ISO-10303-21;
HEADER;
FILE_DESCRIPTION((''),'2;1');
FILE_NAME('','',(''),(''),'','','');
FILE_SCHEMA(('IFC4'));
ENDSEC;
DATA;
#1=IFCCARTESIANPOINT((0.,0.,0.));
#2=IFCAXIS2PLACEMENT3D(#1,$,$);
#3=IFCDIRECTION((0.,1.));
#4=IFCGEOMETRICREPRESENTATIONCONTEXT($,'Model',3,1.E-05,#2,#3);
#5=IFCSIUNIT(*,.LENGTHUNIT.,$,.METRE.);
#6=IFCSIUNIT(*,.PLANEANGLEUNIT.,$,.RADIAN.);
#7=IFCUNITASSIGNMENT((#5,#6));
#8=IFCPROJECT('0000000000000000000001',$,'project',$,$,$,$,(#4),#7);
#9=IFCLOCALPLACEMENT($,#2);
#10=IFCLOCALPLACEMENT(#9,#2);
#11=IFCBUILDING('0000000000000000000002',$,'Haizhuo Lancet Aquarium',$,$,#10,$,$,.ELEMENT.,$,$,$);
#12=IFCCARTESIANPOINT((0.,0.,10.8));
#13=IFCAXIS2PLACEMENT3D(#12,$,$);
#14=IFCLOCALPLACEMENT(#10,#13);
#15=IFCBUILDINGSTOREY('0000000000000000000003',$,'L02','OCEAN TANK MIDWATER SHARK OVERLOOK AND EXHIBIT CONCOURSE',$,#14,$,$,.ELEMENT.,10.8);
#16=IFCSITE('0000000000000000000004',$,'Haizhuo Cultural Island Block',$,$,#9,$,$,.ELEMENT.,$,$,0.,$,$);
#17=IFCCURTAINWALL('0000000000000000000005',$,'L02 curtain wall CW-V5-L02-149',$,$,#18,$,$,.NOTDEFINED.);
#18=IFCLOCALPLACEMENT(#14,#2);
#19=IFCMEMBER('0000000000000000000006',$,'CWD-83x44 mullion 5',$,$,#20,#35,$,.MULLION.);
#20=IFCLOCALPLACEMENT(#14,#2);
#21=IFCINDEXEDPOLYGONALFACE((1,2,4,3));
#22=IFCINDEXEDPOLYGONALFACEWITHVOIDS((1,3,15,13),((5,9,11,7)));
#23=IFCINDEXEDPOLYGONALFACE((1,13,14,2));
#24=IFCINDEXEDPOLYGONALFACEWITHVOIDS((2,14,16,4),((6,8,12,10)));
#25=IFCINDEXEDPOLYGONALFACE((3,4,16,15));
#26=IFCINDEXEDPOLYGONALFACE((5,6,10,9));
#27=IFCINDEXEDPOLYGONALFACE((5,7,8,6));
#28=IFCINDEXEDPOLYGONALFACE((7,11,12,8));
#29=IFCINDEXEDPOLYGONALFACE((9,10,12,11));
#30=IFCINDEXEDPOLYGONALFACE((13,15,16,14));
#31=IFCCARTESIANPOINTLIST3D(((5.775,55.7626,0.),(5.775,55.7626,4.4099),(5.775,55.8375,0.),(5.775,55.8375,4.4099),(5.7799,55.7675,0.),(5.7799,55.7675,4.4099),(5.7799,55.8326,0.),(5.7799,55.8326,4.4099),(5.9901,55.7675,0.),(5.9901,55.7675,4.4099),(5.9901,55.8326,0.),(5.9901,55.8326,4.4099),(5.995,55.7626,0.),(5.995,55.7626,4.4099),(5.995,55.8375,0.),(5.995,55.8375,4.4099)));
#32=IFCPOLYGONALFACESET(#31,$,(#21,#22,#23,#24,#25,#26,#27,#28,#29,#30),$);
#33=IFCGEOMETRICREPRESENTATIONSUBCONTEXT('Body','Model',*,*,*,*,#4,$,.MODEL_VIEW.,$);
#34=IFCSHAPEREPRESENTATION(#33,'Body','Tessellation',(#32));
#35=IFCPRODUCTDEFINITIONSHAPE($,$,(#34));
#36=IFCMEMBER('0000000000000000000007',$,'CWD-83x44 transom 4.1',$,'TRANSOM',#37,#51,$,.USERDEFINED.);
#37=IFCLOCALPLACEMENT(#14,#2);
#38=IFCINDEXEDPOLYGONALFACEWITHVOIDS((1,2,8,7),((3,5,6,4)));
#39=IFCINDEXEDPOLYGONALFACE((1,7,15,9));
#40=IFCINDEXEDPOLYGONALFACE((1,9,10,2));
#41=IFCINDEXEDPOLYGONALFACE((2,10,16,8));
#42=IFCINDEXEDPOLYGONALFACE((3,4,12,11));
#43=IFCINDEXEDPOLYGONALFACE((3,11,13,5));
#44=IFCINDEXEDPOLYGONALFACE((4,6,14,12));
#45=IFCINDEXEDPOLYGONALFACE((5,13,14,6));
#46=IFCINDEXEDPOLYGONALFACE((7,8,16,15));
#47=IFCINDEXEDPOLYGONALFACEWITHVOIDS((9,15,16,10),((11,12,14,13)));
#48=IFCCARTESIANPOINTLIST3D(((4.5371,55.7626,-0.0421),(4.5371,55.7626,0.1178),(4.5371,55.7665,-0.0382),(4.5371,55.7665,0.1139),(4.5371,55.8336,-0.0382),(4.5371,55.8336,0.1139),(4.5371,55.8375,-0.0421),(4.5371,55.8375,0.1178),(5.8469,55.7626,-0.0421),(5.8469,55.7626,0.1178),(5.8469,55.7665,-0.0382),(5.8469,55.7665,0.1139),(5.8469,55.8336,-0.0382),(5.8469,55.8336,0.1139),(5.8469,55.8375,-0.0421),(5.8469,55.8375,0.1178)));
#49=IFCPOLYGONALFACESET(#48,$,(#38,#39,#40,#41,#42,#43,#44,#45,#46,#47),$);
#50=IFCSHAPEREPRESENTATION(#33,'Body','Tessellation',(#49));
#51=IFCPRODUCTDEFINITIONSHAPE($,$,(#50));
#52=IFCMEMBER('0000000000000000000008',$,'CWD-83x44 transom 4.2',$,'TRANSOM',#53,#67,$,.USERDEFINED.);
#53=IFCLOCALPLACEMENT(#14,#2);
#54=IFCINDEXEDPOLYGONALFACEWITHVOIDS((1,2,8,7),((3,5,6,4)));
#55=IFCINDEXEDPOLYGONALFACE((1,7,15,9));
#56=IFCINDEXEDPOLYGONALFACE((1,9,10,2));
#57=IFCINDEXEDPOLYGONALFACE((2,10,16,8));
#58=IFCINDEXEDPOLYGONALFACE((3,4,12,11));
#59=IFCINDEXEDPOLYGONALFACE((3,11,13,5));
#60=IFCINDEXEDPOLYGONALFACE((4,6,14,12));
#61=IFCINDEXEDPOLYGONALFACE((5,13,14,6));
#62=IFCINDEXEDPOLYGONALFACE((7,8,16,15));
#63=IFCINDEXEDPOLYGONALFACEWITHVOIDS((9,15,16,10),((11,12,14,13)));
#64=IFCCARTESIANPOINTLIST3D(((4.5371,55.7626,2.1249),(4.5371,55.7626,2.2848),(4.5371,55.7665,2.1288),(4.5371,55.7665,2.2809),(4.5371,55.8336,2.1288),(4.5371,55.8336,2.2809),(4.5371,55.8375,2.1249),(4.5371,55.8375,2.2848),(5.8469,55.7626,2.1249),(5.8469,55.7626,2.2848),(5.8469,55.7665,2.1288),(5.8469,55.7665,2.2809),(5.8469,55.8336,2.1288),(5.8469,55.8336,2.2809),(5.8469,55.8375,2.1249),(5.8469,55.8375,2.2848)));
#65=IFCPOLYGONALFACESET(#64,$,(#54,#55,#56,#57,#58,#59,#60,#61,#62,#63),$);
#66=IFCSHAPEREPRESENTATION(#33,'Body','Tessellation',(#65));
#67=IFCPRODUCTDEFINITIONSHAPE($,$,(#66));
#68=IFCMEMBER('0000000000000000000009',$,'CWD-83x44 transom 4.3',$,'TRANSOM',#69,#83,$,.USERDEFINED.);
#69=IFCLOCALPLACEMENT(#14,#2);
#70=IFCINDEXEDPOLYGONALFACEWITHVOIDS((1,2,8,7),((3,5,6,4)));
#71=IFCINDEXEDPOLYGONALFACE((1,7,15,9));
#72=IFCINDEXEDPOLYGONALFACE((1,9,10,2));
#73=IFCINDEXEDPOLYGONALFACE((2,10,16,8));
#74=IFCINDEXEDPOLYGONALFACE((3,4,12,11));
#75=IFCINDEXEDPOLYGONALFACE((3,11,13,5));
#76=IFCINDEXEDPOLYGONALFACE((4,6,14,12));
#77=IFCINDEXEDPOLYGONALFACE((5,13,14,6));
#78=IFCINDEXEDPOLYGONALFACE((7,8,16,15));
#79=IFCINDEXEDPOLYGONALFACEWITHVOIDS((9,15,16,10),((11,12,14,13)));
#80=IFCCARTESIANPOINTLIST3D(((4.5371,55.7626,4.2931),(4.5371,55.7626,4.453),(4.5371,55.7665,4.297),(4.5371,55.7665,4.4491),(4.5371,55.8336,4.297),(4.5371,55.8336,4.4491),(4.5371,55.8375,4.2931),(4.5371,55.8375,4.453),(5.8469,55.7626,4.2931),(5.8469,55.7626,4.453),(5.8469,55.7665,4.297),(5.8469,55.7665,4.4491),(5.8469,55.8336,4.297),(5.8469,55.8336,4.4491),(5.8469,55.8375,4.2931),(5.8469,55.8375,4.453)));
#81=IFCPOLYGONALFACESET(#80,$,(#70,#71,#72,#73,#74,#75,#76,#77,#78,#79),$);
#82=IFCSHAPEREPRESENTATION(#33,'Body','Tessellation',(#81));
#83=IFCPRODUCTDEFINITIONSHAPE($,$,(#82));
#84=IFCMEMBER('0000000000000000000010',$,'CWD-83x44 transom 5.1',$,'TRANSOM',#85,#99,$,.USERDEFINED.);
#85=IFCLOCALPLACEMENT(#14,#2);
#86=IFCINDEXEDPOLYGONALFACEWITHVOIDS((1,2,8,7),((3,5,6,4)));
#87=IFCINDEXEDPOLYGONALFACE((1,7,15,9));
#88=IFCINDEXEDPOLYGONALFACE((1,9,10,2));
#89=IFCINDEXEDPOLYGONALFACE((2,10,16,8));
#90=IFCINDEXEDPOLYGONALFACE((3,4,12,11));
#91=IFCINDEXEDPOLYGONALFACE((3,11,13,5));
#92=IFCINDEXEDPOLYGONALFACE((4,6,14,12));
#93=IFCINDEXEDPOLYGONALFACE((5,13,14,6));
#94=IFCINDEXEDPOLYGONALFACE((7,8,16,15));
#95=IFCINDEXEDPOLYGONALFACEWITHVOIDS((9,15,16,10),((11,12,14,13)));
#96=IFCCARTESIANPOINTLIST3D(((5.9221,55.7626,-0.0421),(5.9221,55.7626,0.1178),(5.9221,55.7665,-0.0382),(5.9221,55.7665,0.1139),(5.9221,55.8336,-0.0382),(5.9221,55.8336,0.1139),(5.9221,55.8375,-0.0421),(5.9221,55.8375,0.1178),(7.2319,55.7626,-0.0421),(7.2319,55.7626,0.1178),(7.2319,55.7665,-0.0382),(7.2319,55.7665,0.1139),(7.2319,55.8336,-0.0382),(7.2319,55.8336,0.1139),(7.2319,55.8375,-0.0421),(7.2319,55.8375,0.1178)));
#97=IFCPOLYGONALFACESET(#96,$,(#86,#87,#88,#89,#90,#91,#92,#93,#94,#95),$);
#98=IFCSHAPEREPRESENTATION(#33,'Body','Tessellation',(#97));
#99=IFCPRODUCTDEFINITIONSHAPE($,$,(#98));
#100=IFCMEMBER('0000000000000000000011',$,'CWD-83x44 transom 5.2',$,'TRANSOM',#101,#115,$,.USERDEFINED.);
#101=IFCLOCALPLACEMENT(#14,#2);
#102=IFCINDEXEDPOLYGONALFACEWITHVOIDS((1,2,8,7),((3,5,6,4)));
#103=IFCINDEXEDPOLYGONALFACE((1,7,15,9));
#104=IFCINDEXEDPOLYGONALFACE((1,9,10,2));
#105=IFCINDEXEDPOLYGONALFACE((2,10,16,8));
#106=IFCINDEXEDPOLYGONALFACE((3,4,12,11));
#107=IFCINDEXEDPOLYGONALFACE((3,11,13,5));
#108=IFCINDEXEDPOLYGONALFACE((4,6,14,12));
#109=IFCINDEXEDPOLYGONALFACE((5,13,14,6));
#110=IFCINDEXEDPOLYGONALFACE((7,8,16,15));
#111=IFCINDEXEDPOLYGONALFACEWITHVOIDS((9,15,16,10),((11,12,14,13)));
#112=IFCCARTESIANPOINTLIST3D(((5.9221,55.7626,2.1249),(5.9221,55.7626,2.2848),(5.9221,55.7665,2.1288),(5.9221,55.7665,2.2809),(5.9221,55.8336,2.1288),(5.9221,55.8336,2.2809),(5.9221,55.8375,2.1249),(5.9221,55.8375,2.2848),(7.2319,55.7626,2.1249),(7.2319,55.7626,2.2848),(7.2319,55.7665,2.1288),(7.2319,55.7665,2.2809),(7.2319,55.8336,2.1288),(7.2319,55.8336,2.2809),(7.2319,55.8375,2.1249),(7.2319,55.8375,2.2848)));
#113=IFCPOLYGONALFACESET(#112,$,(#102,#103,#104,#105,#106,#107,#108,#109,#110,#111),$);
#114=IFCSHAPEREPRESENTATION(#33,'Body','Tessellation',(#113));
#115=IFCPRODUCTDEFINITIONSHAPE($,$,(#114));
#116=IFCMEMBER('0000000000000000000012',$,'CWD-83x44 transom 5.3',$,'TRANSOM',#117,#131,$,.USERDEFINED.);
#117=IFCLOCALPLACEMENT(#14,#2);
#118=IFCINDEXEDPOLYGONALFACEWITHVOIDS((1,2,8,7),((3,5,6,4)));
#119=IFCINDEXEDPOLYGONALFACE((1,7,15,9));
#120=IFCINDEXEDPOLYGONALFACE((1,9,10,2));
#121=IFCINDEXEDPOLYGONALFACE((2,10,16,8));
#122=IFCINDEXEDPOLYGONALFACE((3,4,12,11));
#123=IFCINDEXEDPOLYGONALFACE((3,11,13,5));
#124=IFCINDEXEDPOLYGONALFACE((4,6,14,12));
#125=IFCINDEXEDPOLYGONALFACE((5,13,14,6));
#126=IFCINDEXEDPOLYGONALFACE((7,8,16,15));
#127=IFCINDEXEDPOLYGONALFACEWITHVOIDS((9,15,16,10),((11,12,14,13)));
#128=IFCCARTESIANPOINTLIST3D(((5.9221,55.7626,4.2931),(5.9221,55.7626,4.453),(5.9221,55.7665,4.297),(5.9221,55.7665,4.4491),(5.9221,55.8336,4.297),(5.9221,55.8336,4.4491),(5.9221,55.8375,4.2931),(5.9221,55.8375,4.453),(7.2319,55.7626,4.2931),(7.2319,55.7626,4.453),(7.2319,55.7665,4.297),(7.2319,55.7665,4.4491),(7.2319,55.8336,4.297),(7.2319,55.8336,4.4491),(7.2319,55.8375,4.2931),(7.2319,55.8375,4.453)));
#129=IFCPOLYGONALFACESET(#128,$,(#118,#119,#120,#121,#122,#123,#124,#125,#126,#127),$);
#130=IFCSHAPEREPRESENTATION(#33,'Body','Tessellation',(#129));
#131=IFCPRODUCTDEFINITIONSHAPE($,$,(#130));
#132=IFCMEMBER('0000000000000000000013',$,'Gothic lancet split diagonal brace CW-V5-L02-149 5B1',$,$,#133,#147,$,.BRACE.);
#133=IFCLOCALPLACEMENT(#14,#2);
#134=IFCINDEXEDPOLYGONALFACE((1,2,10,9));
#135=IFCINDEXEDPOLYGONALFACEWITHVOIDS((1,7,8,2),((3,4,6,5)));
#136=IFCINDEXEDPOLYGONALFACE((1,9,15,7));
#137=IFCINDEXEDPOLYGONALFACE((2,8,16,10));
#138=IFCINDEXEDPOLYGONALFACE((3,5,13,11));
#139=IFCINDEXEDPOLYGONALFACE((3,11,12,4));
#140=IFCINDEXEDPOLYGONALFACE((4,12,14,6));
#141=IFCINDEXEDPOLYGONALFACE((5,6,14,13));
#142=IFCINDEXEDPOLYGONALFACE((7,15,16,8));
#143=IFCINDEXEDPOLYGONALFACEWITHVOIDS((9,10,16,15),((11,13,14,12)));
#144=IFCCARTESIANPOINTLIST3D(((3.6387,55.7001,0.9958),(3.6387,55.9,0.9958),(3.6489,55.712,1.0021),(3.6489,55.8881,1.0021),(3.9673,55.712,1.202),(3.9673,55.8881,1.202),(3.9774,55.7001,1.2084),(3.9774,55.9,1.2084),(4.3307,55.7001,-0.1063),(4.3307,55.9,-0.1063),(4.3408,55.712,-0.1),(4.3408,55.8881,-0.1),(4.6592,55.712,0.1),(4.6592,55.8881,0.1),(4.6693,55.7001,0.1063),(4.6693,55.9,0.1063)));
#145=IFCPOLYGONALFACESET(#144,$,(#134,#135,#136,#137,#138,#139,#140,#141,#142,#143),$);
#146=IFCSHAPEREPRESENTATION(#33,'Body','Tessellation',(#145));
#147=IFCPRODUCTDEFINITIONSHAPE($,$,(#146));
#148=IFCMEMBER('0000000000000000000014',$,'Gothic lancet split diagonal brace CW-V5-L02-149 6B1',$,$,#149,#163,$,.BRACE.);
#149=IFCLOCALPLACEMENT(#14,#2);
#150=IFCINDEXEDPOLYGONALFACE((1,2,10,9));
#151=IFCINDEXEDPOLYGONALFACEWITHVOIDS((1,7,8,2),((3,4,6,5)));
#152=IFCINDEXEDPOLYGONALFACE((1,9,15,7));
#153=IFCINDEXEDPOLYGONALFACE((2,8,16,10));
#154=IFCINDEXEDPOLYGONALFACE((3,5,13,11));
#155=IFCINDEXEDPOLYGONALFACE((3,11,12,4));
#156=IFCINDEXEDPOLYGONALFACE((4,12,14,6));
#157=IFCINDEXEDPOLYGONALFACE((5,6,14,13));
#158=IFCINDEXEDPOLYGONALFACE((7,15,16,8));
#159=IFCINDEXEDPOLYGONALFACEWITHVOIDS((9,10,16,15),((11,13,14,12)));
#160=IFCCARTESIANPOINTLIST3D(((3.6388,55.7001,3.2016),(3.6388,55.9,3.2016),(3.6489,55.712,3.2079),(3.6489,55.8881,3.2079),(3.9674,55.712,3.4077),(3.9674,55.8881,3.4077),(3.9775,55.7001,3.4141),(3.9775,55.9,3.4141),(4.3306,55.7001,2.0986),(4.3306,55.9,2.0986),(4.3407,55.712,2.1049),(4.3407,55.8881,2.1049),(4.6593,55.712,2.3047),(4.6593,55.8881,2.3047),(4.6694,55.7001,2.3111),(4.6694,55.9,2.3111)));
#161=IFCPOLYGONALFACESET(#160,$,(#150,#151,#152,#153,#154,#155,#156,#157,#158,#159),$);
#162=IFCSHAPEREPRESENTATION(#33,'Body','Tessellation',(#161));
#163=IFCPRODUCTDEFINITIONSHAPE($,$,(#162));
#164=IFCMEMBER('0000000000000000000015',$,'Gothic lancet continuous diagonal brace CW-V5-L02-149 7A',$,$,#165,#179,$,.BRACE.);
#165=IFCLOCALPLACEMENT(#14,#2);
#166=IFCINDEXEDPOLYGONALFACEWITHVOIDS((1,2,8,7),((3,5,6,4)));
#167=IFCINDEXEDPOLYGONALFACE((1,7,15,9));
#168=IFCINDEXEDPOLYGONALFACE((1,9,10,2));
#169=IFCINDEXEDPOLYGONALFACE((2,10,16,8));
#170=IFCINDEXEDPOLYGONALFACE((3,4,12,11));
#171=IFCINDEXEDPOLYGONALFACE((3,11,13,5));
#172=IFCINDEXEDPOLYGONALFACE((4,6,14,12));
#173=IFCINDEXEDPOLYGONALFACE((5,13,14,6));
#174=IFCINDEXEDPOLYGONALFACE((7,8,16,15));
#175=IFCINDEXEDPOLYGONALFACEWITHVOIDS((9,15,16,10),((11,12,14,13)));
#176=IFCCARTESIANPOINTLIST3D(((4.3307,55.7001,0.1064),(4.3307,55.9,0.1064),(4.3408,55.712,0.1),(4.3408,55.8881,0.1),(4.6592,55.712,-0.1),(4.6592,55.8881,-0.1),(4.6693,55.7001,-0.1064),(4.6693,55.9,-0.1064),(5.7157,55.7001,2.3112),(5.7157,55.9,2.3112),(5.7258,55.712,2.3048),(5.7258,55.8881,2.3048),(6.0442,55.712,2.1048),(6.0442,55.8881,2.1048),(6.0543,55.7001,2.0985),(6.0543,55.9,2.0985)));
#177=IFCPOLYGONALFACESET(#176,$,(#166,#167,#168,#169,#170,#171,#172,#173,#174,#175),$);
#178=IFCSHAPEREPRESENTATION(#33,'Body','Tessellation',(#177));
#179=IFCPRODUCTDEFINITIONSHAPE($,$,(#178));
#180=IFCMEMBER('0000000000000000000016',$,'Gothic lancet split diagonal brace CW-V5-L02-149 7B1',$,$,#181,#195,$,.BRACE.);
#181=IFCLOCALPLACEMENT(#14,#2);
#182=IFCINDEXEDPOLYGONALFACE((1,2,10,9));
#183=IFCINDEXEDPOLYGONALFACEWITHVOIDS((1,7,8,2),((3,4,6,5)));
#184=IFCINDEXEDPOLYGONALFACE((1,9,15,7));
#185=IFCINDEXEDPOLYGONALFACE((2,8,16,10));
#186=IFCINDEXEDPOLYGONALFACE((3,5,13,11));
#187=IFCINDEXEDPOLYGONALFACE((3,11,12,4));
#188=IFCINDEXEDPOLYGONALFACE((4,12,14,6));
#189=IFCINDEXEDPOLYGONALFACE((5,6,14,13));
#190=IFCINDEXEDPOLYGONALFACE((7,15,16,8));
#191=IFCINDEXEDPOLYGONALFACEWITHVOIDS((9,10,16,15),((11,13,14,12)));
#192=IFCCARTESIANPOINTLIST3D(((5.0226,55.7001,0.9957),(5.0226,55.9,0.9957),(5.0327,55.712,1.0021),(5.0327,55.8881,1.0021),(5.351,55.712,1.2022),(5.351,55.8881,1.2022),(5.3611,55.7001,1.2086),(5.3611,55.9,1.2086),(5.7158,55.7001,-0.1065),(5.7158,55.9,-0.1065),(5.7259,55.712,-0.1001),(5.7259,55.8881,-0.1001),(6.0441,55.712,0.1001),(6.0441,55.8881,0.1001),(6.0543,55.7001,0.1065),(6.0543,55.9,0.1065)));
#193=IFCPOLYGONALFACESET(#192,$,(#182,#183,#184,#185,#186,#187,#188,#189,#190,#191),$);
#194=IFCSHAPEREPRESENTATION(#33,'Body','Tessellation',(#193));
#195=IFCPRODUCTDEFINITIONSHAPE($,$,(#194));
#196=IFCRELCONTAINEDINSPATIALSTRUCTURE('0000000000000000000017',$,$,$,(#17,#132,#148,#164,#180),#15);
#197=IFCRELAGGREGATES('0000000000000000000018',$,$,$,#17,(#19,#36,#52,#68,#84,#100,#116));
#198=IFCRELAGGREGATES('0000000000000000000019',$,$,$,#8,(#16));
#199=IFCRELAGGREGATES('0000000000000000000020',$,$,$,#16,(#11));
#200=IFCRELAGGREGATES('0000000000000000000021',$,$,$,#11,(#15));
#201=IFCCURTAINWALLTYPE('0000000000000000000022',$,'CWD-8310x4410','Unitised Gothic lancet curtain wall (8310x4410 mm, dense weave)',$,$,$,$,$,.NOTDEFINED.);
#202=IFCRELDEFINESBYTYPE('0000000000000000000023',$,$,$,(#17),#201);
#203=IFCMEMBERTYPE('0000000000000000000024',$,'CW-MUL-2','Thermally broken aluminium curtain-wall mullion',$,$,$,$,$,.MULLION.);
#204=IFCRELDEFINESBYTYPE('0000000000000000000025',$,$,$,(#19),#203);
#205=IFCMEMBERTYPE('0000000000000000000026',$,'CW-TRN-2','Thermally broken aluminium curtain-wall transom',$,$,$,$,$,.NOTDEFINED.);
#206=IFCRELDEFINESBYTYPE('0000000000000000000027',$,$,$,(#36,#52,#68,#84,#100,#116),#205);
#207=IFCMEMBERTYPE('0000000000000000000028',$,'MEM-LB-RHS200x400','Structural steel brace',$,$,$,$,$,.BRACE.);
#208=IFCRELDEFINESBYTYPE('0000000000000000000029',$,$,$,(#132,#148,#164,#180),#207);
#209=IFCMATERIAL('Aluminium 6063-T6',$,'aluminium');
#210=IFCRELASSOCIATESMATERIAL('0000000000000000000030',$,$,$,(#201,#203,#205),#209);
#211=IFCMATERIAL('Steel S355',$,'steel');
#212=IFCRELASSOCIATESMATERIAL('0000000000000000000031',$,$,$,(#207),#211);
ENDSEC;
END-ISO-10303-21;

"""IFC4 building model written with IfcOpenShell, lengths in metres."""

from ifc_helpers import new_model, si_unit, direction, frame, origin, origin_2d, place, context, subcontext, project, spatial, hollow_rectangle, extrude, material, material_profile, profile_set, type_object, element, aggregate, save


model = new_model("IFC4")

# Units and contexts
model_context = context("Model", 3, precision=1e-05, world=origin(), true_north=direction((0.0, 1.0)))
body_context = subcontext(model_context, "Body", "Model", "MODEL_VIEW")
ifc_project = project(units=[si_unit("LENGTHUNIT", "METRE"), si_unit("PLANEANGLEUNIT", "RADIAN")], contexts=[model_context])

# Site, building, storey
site_placement = place(None, origin())
site = spatial("IfcSite", under=ifc_project, at=site_placement, Name="Haizhuo Cultural Island Block", CompositionType="ELEMENT", RefElevation=0.0)
building_placement = place(site_placement, origin())
building = spatial("IfcBuilding", under=site, at=building_placement, Name="Haizhuo Lancet Aquarium", CompositionType="ELEMENT")
storey_placement = place(building_placement, frame((0.0, 0.0, 10.8)))
storey = spatial("IfcBuildingStorey", under=building, at=storey_placement, Name="L02", Description="OCEAN TANK MIDWATER SHARK OVERLOOK AND EXHIBIT CONCOURSE", CompositionType="ELEMENT", Elevation=10.8)

# Curtain wall, members
ifc_material_1 = material(Name="Aluminium 6063-T6", Category="aluminium")
curtain_wall_type = type_object("IfcCurtainWallType", Name="CWD-8310x4410", Description="Unitised Gothic lancet curtain wall (8310x4410 mm, dense weave)", PredefinedType="NOTDEFINED", material=ifc_material_1)
curtain_wall_placement = place(storey_placement, origin())
curtain_wall = element("IfcCurtainWall", 1, at=curtain_wall_placement, inside=storey, type_object=curtain_wall_type, Name="L02 curtain wall CW-V5-L02-149", PredefinedType="NOTDEFINED")
ifc_material_profile_1 = material_profile(ifc_material_1, hollow_rectangle(XDim=0.075, YDim=0.22, WallThickness=0.0049, at=origin_2d()), Name="ALU-M 75x220x5")
ifc_profile_set_1 = profile_set([ifc_material_profile_1], Name="Aluminium 6063-T6")
member_type_1 = type_object("IfcMemberType", Name="CW-MUL-2", Description="Thermally broken aluminium curtain-wall mullion", PredefinedType="MULLION", material=ifc_profile_set_1)
member_1_placement = place(storey_placement, frame((5.885, 55.8, 0.0), z_axis=(0.0, 0.0, 1.0), x_axis=(0.0, 1.0, 0.0)))
member_1 = element("IfcMember", 2, at=member_1_placement, type_object=member_type_1, Name="CWD-83x44 mullion 5", PredefinedType="MULLION", context=body_context, shape_type="SweptSolid", body=[
    extrude(hollow_rectangle(XDim=0.075, YDim=0.22, WallThickness=0.0049, at=origin_2d()), origin(), (0.0, 0.0, 1.0), 4.4099),
])
ifc_material_profile_2 = material_profile(ifc_material_1, hollow_rectangle(XDim=0.075, YDim=0.1599, WallThickness=0.0039, at=origin_2d()), Name="ALU-T 75x160x4")
ifc_profile_set_2 = profile_set([ifc_material_profile_2], Name="Aluminium 6063-T6")
member_type_2 = type_object("IfcMemberType", Name="CW-TRN-2", Description="Thermally broken aluminium curtain-wall transom", PredefinedType="NOTDEFINED", material=ifc_profile_set_2)
member_2_placement = place(storey_placement, frame((4.5371, 55.8, 0.0378), z_axis=(1.0, 0.0, 0.0), x_axis=(0.0, 1.0, 0.0)))
member_2 = element("IfcMember", 3, at=member_2_placement, type_object=member_type_2, Name="CWD-83x44 transom 4.1", ObjectType="TRANSOM", PredefinedType="USERDEFINED", context=body_context, shape_type="SweptSolid", body=[
    extrude(hollow_rectangle(XDim=0.075, YDim=0.1599, WallThickness=0.0039, at=origin_2d()), origin(), (0.0, 0.0, 1.0), 1.3098),
])
member_3_placement = place(storey_placement, frame((4.5371, 55.8, 2.2048), z_axis=(1.0, 0.0, 0.0), x_axis=(0.0, 1.0, 0.0)))
member_3 = element("IfcMember", 4, at=member_3_placement, type_object=member_type_2, Name="CWD-83x44 transom 4.2", ObjectType="TRANSOM", PredefinedType="USERDEFINED", context=body_context, shape_type="SweptSolid", body=[
    extrude(hollow_rectangle(XDim=0.075, YDim=0.1599, WallThickness=0.0039, at=origin_2d()), origin(), (0.0, 0.0, 1.0), 1.3098),
])
member_4_placement = place(storey_placement, frame((4.5371, 55.8, 4.373), z_axis=(1.0, 0.0, 0.0), x_axis=(0.0, 1.0, 0.0)))
member_4 = element("IfcMember", 5, at=member_4_placement, type_object=member_type_2, Name="CWD-83x44 transom 4.3", ObjectType="TRANSOM", PredefinedType="USERDEFINED", context=body_context, shape_type="SweptSolid", body=[
    extrude(hollow_rectangle(XDim=0.075, YDim=0.1599, WallThickness=0.0039, at=origin_2d()), origin(), (0.0, 0.0, 1.0), 1.3098),
])
member_5_placement = place(storey_placement, frame((5.9221, 55.8, 0.0378), z_axis=(1.0, 0.0, 0.0), x_axis=(0.0, 1.0, 0.0)))
member_5 = element("IfcMember", 6, at=member_5_placement, type_object=member_type_2, Name="CWD-83x44 transom 5.1", ObjectType="TRANSOM", PredefinedType="USERDEFINED", context=body_context, shape_type="SweptSolid", body=[
    extrude(hollow_rectangle(XDim=0.075, YDim=0.1599, WallThickness=0.0039, at=origin_2d()), origin(), (0.0, 0.0, 1.0), 1.3098),
])
member_6_placement = place(storey_placement, frame((5.9221, 55.8, 2.2048), z_axis=(1.0, 0.0, 0.0), x_axis=(0.0, 1.0, 0.0)))
member_6 = element("IfcMember", 7, at=member_6_placement, type_object=member_type_2, Name="CWD-83x44 transom 5.2", ObjectType="TRANSOM", PredefinedType="USERDEFINED", context=body_context, shape_type="SweptSolid", body=[
    extrude(hollow_rectangle(XDim=0.075, YDim=0.1599, WallThickness=0.0039, at=origin_2d()), origin(), (0.0, 0.0, 1.0), 1.3098),
])
member_7_placement = place(storey_placement, frame((5.9221, 55.8, 4.373), z_axis=(1.0, 0.0, 0.0), x_axis=(0.0, 1.0, 0.0)))
member_7 = element("IfcMember", 8, at=member_7_placement, type_object=member_type_2, Name="CWD-83x44 transom 5.3", ObjectType="TRANSOM", PredefinedType="USERDEFINED", context=body_context, shape_type="SweptSolid", body=[
    extrude(hollow_rectangle(XDim=0.075, YDim=0.1599, WallThickness=0.0039, at=origin_2d()), origin(), (0.0, 0.0, 1.0), 1.3098),
])

# Members
ifc_material_2 = material(Name="Steel S355", Category="steel")
ifc_material_profile_3 = material_profile(ifc_material_2, hollow_rectangle(XDim=0.2, YDim=0.3999, WallThickness=0.012, at=origin_2d()), Name="RHS 200x400x12")
ifc_profile_set_3 = profile_set([ifc_material_profile_3], Name="Steel S355")
member_type_3 = type_object("IfcMemberType", Name="MEM-LB-RHS200x400", Description="Structural steel brace", PredefinedType="BRACE", material=ifc_profile_set_3)
member_8_placement = place(storey_placement, frame((4.5, 55.8, 0.0), z_axis=(-0.531718, 0.0, 0.846921), x_axis=(0.0, -1.0, 0.0)))
element("IfcMember", 9, at=member_8_placement, inside=storey, type_object=member_type_3, Name="Gothic lancet split diagonal brace CW-V5-L02-149 5B1", PredefinedType="BRACE", context=body_context, shape_type="SweptSolid", body=[
    extrude(hollow_rectangle(XDim=0.2, YDim=0.3999, WallThickness=0.012, at=origin_2d()), origin(), (0.0, 0.0, 1.0), 1.3013),
])
member_9_placement = place(storey_placement, frame((4.5, 55.8, 2.2048), z_axis=(-0.53138, 0.0, 0.847133), x_axis=(0.0, -1.0, 0.0)))
element("IfcMember", 10, at=member_9_placement, inside=storey, type_object=member_type_3, Name="Gothic lancet split diagonal brace CW-V5-L02-149 6B1", PredefinedType="BRACE", context=body_context, shape_type="SweptSolid", body=[
    extrude(hollow_rectangle(XDim=0.2, YDim=0.3999, WallThickness=0.012, at=origin_2d()), origin(), (0.0, 0.0, 1.0), 1.302),
])
member_10_placement = place(storey_placement, frame((4.5, 55.8, 0.0), z_axis=(0.531928, 0.0, 0.84679), x_axis=(0.0, 1.0, 0.0)))
element("IfcMember", 11, at=member_10_placement, inside=storey, type_object=member_type_3, Name="Gothic lancet continuous diagonal brace CW-V5-L02-149 7A", PredefinedType="BRACE", context=body_context, shape_type="SweptSolid", body=[
    extrude(hollow_rectangle(XDim=0.2, YDim=0.3999, WallThickness=0.012, at=origin_2d()), origin(), (0.0, 0.0, 1.0), 2.6038),
])
member_11_placement = place(storey_placement, frame((5.885, 55.8, 0.0), z_axis=(-0.53239, 0.0, 0.846499), x_axis=(0.0, -1.0, 0.0)))
element("IfcMember", 12, at=member_11_placement, inside=storey, type_object=member_type_3, Name="Gothic lancet split diagonal brace CW-V5-L02-149 7B1", PredefinedType="BRACE", context=body_context, shape_type="SweptSolid", body=[
    extrude(hollow_rectangle(XDim=0.2, YDim=0.3999, WallThickness=0.012, at=origin_2d()), origin(), (0.0, 0.0, 1.0), 1.302),
])

aggregate(curtain_wall, [member_1, member_2, member_3, member_4, member_5, member_6, member_7])

save(model, "model.ifc")
